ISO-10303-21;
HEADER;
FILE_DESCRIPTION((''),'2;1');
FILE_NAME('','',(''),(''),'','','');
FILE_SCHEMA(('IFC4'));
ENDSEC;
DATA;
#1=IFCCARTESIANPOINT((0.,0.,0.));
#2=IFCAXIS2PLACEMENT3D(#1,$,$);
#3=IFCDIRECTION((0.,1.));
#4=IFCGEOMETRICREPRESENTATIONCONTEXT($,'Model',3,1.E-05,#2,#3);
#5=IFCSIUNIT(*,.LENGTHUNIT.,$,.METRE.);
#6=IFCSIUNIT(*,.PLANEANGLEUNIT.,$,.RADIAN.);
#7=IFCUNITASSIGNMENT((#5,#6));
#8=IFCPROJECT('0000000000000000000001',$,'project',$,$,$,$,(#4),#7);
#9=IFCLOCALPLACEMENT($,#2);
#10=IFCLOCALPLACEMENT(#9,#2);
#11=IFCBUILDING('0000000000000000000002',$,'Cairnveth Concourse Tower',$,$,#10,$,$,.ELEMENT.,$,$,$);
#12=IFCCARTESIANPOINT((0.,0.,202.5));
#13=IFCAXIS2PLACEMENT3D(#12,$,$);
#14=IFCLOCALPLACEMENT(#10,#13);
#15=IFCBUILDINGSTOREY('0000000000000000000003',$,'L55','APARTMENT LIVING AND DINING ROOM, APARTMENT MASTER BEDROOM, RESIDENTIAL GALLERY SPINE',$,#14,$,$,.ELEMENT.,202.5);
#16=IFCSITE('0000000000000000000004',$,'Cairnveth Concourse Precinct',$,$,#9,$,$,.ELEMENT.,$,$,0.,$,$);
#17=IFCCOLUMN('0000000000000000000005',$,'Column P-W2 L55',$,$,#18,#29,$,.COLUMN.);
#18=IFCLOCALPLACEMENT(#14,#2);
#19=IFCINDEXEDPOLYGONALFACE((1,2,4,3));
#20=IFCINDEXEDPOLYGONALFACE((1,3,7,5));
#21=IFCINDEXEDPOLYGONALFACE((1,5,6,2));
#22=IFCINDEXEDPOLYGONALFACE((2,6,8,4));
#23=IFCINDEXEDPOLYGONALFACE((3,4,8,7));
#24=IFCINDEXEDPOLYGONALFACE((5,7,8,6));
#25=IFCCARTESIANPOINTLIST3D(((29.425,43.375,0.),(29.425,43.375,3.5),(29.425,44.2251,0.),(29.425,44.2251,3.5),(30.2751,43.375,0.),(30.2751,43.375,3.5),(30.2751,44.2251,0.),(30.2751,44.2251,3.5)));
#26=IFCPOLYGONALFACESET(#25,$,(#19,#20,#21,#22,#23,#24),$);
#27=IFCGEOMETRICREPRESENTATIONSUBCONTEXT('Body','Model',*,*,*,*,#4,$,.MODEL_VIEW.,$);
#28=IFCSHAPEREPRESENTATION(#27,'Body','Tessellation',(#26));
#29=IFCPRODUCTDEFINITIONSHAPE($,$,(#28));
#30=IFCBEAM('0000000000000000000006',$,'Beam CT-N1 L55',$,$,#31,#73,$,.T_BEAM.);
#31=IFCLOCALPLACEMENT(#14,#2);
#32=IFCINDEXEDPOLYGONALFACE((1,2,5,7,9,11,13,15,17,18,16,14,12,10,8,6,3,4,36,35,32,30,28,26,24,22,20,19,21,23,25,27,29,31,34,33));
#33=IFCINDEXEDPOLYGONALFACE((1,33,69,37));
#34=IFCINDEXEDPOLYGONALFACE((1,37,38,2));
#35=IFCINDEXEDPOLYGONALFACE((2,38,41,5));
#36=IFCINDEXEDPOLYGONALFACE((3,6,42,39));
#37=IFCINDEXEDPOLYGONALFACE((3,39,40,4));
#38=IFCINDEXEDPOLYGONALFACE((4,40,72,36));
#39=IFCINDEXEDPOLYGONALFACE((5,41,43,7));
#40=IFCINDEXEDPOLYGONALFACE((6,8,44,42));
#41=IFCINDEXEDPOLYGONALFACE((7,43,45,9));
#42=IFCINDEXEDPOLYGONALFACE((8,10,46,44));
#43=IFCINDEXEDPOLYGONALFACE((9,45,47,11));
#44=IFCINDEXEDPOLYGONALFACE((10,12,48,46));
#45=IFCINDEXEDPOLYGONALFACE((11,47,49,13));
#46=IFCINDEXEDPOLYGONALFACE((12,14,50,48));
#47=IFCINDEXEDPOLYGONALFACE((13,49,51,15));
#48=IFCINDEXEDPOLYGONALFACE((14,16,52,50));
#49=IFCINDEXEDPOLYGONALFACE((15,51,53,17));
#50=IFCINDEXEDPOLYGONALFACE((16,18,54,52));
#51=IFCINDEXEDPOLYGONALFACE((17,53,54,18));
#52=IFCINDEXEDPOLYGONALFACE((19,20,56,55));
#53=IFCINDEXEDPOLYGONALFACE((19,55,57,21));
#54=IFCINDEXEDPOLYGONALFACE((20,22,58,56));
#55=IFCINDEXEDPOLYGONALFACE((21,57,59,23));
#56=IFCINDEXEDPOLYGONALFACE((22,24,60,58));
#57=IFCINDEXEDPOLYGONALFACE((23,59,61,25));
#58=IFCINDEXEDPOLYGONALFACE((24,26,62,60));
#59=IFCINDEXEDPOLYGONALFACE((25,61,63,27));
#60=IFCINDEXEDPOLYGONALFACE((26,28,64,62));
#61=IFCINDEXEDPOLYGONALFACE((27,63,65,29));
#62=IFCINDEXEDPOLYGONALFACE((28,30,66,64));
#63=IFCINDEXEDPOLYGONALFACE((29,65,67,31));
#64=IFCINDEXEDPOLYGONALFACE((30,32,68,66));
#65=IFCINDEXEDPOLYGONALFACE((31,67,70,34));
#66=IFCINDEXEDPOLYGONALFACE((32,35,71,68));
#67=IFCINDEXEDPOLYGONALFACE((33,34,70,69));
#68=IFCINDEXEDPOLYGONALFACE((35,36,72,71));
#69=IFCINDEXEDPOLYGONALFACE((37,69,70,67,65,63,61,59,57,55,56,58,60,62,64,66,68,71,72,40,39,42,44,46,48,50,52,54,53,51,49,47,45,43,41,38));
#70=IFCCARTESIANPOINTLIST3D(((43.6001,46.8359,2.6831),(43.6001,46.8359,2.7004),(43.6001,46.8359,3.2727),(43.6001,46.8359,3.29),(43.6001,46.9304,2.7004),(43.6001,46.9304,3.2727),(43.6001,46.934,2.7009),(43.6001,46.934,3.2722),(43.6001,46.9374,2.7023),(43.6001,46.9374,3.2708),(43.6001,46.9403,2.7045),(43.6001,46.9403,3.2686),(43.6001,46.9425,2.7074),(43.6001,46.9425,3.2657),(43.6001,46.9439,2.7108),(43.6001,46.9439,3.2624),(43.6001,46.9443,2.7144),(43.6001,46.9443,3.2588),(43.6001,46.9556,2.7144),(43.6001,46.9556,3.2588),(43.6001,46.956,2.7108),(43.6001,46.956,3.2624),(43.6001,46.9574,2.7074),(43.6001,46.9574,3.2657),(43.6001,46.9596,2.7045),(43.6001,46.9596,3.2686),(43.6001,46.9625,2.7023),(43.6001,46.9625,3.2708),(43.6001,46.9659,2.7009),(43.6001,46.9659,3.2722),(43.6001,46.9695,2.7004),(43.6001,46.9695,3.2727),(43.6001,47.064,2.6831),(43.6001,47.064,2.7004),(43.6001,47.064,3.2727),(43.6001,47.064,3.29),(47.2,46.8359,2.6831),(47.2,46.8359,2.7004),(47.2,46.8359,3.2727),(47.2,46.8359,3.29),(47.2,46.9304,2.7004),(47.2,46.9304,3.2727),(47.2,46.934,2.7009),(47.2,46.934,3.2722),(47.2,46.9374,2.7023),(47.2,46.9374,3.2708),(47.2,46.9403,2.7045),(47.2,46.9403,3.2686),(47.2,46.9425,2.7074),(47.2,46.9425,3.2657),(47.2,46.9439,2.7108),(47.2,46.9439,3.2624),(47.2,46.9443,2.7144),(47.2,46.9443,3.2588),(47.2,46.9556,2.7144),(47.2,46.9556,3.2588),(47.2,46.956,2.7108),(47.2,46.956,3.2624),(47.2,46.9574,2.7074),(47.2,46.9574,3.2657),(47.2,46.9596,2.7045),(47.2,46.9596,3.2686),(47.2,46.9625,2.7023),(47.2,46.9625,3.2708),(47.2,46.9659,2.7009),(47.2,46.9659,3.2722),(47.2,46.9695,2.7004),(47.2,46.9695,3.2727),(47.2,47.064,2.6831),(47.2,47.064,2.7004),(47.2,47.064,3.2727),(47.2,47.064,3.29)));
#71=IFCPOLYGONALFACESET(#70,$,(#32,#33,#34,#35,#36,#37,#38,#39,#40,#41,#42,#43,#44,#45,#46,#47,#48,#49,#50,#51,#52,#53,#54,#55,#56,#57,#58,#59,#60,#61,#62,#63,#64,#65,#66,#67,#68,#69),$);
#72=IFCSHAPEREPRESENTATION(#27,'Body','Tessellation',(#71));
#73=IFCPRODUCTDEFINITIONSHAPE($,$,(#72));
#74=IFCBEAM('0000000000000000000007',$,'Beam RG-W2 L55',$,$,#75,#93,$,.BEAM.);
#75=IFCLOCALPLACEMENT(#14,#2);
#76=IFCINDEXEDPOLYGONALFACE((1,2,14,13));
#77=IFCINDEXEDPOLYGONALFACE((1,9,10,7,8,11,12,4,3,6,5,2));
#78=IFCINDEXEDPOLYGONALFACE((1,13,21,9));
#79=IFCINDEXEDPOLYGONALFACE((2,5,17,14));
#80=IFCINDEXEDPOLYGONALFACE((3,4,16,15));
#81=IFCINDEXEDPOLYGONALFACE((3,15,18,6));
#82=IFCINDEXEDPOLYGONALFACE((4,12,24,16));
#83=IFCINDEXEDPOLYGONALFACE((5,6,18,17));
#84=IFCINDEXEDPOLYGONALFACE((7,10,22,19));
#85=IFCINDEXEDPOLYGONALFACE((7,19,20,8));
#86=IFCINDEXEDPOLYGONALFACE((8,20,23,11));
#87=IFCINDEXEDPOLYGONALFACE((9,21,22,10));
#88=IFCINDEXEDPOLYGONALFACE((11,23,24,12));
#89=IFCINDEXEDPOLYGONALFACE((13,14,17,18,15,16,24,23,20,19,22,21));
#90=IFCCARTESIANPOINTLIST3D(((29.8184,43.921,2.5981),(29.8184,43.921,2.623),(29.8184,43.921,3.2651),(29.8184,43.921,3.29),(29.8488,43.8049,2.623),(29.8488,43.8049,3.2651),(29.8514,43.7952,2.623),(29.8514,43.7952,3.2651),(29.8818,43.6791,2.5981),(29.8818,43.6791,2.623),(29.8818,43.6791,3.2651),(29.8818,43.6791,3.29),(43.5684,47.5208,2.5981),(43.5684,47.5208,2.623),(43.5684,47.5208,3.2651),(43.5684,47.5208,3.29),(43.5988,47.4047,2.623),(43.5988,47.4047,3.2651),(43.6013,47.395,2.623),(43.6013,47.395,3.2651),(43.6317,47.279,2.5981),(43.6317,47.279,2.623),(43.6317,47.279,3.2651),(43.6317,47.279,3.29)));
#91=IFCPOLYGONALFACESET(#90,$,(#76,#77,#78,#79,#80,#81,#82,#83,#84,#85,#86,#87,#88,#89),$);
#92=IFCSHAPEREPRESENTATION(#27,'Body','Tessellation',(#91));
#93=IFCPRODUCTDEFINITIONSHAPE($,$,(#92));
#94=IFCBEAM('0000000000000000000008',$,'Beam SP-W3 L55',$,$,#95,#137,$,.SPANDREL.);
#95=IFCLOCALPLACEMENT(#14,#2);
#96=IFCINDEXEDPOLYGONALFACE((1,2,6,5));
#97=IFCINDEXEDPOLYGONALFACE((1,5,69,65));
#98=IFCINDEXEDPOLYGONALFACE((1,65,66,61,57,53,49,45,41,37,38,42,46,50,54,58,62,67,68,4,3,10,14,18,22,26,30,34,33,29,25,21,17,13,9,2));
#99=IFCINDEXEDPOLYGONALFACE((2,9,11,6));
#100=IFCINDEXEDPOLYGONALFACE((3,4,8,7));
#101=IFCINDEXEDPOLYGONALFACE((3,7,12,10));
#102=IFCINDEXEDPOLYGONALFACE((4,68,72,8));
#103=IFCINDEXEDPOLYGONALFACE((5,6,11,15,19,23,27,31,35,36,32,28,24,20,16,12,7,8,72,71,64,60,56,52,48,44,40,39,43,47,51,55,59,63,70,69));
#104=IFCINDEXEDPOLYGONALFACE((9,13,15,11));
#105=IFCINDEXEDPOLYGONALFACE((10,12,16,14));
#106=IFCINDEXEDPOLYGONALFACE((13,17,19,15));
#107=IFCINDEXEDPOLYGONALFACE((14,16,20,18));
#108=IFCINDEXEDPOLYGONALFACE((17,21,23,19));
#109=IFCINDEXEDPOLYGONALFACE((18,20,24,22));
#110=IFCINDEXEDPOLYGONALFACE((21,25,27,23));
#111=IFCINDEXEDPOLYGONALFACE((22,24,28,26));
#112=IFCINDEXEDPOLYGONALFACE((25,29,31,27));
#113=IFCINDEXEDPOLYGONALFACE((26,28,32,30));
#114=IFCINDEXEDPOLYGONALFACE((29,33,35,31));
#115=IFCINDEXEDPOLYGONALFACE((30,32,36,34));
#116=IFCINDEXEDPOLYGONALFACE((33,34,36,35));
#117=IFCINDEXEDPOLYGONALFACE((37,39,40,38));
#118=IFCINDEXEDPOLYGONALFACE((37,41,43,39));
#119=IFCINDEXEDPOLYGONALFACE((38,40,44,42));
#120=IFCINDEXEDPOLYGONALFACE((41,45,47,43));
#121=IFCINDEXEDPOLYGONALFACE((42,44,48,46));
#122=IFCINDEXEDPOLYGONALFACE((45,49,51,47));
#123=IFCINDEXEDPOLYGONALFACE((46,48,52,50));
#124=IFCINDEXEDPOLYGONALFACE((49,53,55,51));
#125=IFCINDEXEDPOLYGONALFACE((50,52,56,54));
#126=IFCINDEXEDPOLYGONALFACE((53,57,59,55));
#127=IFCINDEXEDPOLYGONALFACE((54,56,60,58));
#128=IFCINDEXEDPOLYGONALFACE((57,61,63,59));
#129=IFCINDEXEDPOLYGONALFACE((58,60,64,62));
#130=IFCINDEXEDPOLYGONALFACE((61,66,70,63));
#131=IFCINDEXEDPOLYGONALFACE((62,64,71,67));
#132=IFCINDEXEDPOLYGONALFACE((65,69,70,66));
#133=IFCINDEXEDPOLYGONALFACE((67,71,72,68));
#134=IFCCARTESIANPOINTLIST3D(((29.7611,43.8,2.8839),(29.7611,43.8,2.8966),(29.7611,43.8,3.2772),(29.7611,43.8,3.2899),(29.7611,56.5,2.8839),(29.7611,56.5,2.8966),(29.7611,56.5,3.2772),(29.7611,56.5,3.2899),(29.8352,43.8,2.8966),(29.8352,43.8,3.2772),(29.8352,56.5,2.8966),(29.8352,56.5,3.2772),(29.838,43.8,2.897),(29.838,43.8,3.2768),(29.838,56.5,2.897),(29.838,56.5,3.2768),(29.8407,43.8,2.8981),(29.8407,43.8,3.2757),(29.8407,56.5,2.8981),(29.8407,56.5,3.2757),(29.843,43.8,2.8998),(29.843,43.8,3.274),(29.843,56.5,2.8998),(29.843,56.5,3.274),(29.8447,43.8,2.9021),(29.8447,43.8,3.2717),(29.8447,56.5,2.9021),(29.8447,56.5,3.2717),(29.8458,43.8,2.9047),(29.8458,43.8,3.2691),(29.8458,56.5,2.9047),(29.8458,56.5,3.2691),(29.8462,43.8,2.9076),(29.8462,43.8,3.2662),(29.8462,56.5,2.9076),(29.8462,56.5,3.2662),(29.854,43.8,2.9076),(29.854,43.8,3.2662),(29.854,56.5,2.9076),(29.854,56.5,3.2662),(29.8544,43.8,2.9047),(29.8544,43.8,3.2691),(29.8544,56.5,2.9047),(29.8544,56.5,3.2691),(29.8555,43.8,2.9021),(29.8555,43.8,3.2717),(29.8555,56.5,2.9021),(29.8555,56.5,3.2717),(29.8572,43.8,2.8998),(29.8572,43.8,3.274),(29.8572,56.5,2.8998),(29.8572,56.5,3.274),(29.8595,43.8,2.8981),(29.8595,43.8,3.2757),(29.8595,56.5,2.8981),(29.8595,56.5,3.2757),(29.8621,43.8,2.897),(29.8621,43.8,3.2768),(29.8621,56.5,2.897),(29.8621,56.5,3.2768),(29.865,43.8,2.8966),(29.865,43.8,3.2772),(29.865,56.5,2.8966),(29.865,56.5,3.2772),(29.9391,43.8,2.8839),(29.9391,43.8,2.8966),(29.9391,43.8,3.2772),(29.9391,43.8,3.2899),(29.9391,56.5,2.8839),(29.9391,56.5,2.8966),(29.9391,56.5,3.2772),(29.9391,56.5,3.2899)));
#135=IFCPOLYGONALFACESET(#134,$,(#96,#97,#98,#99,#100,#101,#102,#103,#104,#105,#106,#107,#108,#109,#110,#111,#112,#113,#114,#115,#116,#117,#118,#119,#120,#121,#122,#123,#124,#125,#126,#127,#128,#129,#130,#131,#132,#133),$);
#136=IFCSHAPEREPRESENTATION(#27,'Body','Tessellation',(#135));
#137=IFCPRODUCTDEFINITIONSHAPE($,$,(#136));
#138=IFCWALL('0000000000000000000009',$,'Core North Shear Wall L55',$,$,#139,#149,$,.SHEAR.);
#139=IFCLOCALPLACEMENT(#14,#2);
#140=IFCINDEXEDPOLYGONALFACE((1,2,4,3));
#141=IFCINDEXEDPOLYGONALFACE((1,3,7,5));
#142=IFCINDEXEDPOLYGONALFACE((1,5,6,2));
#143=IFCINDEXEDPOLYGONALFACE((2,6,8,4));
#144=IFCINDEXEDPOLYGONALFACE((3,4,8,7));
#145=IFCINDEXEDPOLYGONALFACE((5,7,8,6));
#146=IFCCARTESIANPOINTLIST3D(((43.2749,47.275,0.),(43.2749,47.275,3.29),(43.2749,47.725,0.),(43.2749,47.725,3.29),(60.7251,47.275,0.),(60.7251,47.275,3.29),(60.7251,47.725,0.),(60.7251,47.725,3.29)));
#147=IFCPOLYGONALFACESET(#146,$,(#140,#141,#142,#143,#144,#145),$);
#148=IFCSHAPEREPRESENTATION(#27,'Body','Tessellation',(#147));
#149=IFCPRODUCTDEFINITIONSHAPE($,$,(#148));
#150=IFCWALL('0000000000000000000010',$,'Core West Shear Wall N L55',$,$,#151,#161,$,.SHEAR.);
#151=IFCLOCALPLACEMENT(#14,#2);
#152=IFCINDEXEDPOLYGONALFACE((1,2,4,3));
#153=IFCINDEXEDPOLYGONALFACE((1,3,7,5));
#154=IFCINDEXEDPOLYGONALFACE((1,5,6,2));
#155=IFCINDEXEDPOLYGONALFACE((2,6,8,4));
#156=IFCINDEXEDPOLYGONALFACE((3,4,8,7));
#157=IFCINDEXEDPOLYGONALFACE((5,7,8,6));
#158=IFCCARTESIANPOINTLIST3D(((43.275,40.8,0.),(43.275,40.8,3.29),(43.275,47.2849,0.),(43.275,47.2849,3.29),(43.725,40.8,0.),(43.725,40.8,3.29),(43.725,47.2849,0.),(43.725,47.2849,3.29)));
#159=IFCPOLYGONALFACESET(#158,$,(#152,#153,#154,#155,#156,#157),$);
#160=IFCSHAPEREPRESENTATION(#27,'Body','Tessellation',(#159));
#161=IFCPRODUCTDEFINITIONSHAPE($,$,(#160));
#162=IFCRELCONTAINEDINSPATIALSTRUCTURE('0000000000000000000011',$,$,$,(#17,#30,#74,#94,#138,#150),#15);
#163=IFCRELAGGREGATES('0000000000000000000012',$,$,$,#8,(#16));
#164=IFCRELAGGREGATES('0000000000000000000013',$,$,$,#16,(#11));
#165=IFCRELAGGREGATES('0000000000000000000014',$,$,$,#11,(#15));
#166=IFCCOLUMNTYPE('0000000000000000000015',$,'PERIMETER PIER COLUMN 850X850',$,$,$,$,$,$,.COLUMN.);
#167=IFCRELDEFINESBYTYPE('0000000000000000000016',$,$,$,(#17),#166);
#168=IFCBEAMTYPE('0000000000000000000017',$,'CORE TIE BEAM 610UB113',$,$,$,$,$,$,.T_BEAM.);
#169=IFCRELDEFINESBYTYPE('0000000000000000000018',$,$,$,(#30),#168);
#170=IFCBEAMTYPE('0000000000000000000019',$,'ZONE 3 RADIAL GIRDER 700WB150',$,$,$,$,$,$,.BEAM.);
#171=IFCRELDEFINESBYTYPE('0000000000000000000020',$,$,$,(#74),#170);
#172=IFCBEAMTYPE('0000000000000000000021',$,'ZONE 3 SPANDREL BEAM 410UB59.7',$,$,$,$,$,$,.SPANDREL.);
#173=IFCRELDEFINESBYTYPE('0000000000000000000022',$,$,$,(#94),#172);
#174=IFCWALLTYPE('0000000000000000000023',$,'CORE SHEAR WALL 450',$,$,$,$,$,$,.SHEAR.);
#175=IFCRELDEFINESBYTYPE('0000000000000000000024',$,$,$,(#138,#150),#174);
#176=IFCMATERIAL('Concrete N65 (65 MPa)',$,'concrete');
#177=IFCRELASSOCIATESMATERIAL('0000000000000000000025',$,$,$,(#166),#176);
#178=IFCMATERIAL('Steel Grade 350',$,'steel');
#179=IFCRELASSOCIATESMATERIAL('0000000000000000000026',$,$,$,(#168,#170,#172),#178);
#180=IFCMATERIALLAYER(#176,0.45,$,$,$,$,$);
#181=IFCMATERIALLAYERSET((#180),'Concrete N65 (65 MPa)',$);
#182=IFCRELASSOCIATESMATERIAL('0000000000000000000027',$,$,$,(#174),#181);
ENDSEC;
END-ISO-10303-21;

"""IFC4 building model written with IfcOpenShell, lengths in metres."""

from ifc_helpers import new_model, si_unit, direction, frame, frame_2d, origin, origin_2d, place, context, subcontext, project, spatial, rectangle, i_section, extrude, material, layer, layer_set, material_profile, profile_set, type_object, element, save


model = new_model("IFC4")

# Units and contexts
model_context = context("Model", 3, precision=1e-05, world=origin(), true_north=direction((0.0, 1.0)))
body_context = subcontext(model_context, "Body", "Model", "MODEL_VIEW")
ifc_project = project(units=[si_unit("LENGTHUNIT", "METRE"), si_unit("PLANEANGLEUNIT", "RADIAN")], contexts=[model_context])

# Site, building, storey
site_placement = place(None, origin())
site = spatial("IfcSite", under=ifc_project, at=site_placement, Name="Cairnveth Concourse Precinct", CompositionType="ELEMENT", RefElevation=0.0)
building_placement = place(site_placement, origin())
building = spatial("IfcBuilding", under=site, at=building_placement, Name="Cairnveth Concourse Tower", CompositionType="ELEMENT")
storey_placement = place(building_placement, frame((0.0, 0.0, 202.5)))
storey = spatial("IfcBuildingStorey", under=building, at=storey_placement, Name="L55", Description="APARTMENT LIVING AND DINING ROOM, APARTMENT MASTER BEDROOM, RESIDENTIAL GALLERY SPINE", CompositionType="ELEMENT", Elevation=202.5)

# Column
ifc_material_1 = material(Name="Concrete N65 (65 MPa)", Category="concrete")
ifc_material_profile_1 = material_profile(ifc_material_1, rectangle(XDim=0.8501, YDim=0.8501, at=origin_2d()), Name="RC-COL-850x850")
ifc_profile_set_1 = profile_set([ifc_material_profile_1], Name="Concrete N65 (65 MPa)")
column_type = type_object("IfcColumnType", Name="PERIMETER PIER COLUMN 850X850", PredefinedType="COLUMN", material=ifc_profile_set_1)
column_placement = place(storey_placement, frame((29.8501, 43.8, 0.0), z_axis=(0.0, 0.0, 1.0), x_axis=(0.0, 1.0, 0.0)))
element("IfcColumn", 1, at=column_placement, inside=storey, type_object=column_type, Name="Column P-W2 L55", PredefinedType="COLUMN", context=body_context, shape_type="SweptSolid", body=[
    extrude(rectangle(XDim=0.8501, YDim=0.8501, at=origin_2d()), origin(), (0.0, 0.0, 1.0), 3.5),
])

# Beams
ifc_material_2 = material(Name="Steel Grade 350", Category="steel")
ifc_material_profile_2 = material_profile(ifc_material_2, i_section(OverallWidth=0.228, OverallDepth=0.6069, WebThickness=0.0112, FlangeThickness=0.0173, FilletRadius=0.0139, at=origin_2d()), Name="610UB113")
ifc_profile_set_2 = profile_set([ifc_material_profile_2], Name="Steel Grade 350")
beam_type_1 = type_object("IfcBeamType", Name="CORE TIE BEAM 610UB113", PredefinedType="T_BEAM", material=ifc_profile_set_2)
beam_1_placement = place(storey_placement, frame((43.6001, 46.95, 2.9866), z_axis=(1.0, 0.0, 0.0), x_axis=(0.0, 1.0, 0.0)))
element("IfcBeam", 2, at=beam_1_placement, inside=storey, type_object=beam_type_1, Name="Beam CT-N1 L55", PredefinedType="T_BEAM", context=body_context, shape_type="SweptSolid", body=[
    extrude(i_section(OverallWidth=0.228, OverallDepth=0.6069, WebThickness=0.0112, FlangeThickness=0.0173, FilletRadius=0.0139, at=origin_2d()), origin(), (0.0, 0.0, 1.0), 3.5999),
])
ifc_material_profile_3 = material_profile(ifc_material_2, i_section(OverallWidth=0.25, OverallDepth=0.6919, WebThickness=0.01, FlangeThickness=0.0249, at=origin_2d()), Name="700WB150")
ifc_profile_set_3 = profile_set([ifc_material_profile_3], Name="Steel Grade 350")
beam_type_2 = type_object("IfcBeamType", Name="ZONE 3 RADIAL GIRDER 700WB150", PredefinedType="BEAM", material=ifc_profile_set_3)
beam_2_placement = place(storey_placement, frame((29.8501, 43.8, 2.9441), z_axis=(0.967395, 0.253271, 0.0), x_axis=(-0.253271, 0.967395, 0.0)))
element("IfcBeam", 3, at=beam_2_placement, inside=storey, type_object=beam_type_2, Name="Beam RG-W2 L55", PredefinedType="BEAM", context=body_context, shape_type="SweptSolid", body=[
    extrude(i_section(OverallWidth=0.25, OverallDepth=0.6919, WebThickness=0.01, FlangeThickness=0.0249, at=origin_2d()), origin(), (0.0, 0.0, 1.0), 14.2134),
])
ifc_material_profile_4 = material_profile(ifc_material_2, i_section(OverallWidth=0.178, OverallDepth=0.406, WebThickness=0.0078, FlangeThickness=0.0127, FilletRadius=0.011, at=origin_2d()), Name="410UB59.7")
ifc_profile_set_4 = profile_set([ifc_material_profile_4], Name="Steel Grade 350")
beam_type_3 = type_object("IfcBeamType", Name="ZONE 3 SPANDREL BEAM 410UB59.7", PredefinedType="SPANDREL", material=ifc_profile_set_4)
beam_3_placement = place(storey_placement, frame((29.8501, 43.8, 3.0869), z_axis=(0.0, 1.0, 0.0), x_axis=(-1.0, 0.0, 0.0)))
element("IfcBeam", 4, at=beam_3_placement, inside=storey, type_object=beam_type_3, Name="Beam SP-W3 L55", PredefinedType="SPANDREL", context=body_context, shape_type="SweptSolid", body=[
    extrude(i_section(OverallWidth=0.178, OverallDepth=0.406, WebThickness=0.0078, FlangeThickness=0.0127, FilletRadius=0.011, at=origin_2d()), origin(), (0.0, 0.0, 1.0), 12.7),
])

# Walls
ifc_layer_1 = layer(ifc_material_1, 0.45)
ifc_layer_set_1 = layer_set([ifc_layer_1], Name="Concrete N65 (65 MPa)")
wall_type_1 = type_object("IfcWallType", Name="CORE SHEAR WALL 450", PredefinedType="SHEAR", material=ifc_layer_set_1)
wall_1_placement = place(storey_placement, frame((43.2749, 47.5, 0.0), z_axis=(0.0, 0.0, 1.0), x_axis=(1.0, 0.0, 0.0)))
element("IfcWall", 5, at=wall_1_placement, inside=storey, type_object=wall_type_1, Name="Core North Shear Wall L55", PredefinedType="SHEAR", context=body_context, shape_type="SweptSolid", body=[
    extrude(rectangle(XDim=17.4502, YDim=0.45, at=frame_2d((8.7251, 0.0))), origin(), (0.0, 0.0, 1.0), 3.29),
])
wall_2_placement = place(storey_placement, frame((43.5, 40.8, 0.0), z_axis=(0.0, 0.0, 1.0), x_axis=(0.0, 1.0, 0.0)))
element("IfcWall", 6, at=wall_2_placement, inside=storey, type_object=wall_type_1, Name="Core West Shear Wall N L55", PredefinedType="SHEAR", context=body_context, shape_type="SweptSolid", body=[
    extrude(rectangle(XDim=6.4849, YDim=0.45, at=frame_2d((3.2424, 0.0))), origin(), (0.0, 0.0, 1.0), 3.29),
])

save(model, "model.ifc")
